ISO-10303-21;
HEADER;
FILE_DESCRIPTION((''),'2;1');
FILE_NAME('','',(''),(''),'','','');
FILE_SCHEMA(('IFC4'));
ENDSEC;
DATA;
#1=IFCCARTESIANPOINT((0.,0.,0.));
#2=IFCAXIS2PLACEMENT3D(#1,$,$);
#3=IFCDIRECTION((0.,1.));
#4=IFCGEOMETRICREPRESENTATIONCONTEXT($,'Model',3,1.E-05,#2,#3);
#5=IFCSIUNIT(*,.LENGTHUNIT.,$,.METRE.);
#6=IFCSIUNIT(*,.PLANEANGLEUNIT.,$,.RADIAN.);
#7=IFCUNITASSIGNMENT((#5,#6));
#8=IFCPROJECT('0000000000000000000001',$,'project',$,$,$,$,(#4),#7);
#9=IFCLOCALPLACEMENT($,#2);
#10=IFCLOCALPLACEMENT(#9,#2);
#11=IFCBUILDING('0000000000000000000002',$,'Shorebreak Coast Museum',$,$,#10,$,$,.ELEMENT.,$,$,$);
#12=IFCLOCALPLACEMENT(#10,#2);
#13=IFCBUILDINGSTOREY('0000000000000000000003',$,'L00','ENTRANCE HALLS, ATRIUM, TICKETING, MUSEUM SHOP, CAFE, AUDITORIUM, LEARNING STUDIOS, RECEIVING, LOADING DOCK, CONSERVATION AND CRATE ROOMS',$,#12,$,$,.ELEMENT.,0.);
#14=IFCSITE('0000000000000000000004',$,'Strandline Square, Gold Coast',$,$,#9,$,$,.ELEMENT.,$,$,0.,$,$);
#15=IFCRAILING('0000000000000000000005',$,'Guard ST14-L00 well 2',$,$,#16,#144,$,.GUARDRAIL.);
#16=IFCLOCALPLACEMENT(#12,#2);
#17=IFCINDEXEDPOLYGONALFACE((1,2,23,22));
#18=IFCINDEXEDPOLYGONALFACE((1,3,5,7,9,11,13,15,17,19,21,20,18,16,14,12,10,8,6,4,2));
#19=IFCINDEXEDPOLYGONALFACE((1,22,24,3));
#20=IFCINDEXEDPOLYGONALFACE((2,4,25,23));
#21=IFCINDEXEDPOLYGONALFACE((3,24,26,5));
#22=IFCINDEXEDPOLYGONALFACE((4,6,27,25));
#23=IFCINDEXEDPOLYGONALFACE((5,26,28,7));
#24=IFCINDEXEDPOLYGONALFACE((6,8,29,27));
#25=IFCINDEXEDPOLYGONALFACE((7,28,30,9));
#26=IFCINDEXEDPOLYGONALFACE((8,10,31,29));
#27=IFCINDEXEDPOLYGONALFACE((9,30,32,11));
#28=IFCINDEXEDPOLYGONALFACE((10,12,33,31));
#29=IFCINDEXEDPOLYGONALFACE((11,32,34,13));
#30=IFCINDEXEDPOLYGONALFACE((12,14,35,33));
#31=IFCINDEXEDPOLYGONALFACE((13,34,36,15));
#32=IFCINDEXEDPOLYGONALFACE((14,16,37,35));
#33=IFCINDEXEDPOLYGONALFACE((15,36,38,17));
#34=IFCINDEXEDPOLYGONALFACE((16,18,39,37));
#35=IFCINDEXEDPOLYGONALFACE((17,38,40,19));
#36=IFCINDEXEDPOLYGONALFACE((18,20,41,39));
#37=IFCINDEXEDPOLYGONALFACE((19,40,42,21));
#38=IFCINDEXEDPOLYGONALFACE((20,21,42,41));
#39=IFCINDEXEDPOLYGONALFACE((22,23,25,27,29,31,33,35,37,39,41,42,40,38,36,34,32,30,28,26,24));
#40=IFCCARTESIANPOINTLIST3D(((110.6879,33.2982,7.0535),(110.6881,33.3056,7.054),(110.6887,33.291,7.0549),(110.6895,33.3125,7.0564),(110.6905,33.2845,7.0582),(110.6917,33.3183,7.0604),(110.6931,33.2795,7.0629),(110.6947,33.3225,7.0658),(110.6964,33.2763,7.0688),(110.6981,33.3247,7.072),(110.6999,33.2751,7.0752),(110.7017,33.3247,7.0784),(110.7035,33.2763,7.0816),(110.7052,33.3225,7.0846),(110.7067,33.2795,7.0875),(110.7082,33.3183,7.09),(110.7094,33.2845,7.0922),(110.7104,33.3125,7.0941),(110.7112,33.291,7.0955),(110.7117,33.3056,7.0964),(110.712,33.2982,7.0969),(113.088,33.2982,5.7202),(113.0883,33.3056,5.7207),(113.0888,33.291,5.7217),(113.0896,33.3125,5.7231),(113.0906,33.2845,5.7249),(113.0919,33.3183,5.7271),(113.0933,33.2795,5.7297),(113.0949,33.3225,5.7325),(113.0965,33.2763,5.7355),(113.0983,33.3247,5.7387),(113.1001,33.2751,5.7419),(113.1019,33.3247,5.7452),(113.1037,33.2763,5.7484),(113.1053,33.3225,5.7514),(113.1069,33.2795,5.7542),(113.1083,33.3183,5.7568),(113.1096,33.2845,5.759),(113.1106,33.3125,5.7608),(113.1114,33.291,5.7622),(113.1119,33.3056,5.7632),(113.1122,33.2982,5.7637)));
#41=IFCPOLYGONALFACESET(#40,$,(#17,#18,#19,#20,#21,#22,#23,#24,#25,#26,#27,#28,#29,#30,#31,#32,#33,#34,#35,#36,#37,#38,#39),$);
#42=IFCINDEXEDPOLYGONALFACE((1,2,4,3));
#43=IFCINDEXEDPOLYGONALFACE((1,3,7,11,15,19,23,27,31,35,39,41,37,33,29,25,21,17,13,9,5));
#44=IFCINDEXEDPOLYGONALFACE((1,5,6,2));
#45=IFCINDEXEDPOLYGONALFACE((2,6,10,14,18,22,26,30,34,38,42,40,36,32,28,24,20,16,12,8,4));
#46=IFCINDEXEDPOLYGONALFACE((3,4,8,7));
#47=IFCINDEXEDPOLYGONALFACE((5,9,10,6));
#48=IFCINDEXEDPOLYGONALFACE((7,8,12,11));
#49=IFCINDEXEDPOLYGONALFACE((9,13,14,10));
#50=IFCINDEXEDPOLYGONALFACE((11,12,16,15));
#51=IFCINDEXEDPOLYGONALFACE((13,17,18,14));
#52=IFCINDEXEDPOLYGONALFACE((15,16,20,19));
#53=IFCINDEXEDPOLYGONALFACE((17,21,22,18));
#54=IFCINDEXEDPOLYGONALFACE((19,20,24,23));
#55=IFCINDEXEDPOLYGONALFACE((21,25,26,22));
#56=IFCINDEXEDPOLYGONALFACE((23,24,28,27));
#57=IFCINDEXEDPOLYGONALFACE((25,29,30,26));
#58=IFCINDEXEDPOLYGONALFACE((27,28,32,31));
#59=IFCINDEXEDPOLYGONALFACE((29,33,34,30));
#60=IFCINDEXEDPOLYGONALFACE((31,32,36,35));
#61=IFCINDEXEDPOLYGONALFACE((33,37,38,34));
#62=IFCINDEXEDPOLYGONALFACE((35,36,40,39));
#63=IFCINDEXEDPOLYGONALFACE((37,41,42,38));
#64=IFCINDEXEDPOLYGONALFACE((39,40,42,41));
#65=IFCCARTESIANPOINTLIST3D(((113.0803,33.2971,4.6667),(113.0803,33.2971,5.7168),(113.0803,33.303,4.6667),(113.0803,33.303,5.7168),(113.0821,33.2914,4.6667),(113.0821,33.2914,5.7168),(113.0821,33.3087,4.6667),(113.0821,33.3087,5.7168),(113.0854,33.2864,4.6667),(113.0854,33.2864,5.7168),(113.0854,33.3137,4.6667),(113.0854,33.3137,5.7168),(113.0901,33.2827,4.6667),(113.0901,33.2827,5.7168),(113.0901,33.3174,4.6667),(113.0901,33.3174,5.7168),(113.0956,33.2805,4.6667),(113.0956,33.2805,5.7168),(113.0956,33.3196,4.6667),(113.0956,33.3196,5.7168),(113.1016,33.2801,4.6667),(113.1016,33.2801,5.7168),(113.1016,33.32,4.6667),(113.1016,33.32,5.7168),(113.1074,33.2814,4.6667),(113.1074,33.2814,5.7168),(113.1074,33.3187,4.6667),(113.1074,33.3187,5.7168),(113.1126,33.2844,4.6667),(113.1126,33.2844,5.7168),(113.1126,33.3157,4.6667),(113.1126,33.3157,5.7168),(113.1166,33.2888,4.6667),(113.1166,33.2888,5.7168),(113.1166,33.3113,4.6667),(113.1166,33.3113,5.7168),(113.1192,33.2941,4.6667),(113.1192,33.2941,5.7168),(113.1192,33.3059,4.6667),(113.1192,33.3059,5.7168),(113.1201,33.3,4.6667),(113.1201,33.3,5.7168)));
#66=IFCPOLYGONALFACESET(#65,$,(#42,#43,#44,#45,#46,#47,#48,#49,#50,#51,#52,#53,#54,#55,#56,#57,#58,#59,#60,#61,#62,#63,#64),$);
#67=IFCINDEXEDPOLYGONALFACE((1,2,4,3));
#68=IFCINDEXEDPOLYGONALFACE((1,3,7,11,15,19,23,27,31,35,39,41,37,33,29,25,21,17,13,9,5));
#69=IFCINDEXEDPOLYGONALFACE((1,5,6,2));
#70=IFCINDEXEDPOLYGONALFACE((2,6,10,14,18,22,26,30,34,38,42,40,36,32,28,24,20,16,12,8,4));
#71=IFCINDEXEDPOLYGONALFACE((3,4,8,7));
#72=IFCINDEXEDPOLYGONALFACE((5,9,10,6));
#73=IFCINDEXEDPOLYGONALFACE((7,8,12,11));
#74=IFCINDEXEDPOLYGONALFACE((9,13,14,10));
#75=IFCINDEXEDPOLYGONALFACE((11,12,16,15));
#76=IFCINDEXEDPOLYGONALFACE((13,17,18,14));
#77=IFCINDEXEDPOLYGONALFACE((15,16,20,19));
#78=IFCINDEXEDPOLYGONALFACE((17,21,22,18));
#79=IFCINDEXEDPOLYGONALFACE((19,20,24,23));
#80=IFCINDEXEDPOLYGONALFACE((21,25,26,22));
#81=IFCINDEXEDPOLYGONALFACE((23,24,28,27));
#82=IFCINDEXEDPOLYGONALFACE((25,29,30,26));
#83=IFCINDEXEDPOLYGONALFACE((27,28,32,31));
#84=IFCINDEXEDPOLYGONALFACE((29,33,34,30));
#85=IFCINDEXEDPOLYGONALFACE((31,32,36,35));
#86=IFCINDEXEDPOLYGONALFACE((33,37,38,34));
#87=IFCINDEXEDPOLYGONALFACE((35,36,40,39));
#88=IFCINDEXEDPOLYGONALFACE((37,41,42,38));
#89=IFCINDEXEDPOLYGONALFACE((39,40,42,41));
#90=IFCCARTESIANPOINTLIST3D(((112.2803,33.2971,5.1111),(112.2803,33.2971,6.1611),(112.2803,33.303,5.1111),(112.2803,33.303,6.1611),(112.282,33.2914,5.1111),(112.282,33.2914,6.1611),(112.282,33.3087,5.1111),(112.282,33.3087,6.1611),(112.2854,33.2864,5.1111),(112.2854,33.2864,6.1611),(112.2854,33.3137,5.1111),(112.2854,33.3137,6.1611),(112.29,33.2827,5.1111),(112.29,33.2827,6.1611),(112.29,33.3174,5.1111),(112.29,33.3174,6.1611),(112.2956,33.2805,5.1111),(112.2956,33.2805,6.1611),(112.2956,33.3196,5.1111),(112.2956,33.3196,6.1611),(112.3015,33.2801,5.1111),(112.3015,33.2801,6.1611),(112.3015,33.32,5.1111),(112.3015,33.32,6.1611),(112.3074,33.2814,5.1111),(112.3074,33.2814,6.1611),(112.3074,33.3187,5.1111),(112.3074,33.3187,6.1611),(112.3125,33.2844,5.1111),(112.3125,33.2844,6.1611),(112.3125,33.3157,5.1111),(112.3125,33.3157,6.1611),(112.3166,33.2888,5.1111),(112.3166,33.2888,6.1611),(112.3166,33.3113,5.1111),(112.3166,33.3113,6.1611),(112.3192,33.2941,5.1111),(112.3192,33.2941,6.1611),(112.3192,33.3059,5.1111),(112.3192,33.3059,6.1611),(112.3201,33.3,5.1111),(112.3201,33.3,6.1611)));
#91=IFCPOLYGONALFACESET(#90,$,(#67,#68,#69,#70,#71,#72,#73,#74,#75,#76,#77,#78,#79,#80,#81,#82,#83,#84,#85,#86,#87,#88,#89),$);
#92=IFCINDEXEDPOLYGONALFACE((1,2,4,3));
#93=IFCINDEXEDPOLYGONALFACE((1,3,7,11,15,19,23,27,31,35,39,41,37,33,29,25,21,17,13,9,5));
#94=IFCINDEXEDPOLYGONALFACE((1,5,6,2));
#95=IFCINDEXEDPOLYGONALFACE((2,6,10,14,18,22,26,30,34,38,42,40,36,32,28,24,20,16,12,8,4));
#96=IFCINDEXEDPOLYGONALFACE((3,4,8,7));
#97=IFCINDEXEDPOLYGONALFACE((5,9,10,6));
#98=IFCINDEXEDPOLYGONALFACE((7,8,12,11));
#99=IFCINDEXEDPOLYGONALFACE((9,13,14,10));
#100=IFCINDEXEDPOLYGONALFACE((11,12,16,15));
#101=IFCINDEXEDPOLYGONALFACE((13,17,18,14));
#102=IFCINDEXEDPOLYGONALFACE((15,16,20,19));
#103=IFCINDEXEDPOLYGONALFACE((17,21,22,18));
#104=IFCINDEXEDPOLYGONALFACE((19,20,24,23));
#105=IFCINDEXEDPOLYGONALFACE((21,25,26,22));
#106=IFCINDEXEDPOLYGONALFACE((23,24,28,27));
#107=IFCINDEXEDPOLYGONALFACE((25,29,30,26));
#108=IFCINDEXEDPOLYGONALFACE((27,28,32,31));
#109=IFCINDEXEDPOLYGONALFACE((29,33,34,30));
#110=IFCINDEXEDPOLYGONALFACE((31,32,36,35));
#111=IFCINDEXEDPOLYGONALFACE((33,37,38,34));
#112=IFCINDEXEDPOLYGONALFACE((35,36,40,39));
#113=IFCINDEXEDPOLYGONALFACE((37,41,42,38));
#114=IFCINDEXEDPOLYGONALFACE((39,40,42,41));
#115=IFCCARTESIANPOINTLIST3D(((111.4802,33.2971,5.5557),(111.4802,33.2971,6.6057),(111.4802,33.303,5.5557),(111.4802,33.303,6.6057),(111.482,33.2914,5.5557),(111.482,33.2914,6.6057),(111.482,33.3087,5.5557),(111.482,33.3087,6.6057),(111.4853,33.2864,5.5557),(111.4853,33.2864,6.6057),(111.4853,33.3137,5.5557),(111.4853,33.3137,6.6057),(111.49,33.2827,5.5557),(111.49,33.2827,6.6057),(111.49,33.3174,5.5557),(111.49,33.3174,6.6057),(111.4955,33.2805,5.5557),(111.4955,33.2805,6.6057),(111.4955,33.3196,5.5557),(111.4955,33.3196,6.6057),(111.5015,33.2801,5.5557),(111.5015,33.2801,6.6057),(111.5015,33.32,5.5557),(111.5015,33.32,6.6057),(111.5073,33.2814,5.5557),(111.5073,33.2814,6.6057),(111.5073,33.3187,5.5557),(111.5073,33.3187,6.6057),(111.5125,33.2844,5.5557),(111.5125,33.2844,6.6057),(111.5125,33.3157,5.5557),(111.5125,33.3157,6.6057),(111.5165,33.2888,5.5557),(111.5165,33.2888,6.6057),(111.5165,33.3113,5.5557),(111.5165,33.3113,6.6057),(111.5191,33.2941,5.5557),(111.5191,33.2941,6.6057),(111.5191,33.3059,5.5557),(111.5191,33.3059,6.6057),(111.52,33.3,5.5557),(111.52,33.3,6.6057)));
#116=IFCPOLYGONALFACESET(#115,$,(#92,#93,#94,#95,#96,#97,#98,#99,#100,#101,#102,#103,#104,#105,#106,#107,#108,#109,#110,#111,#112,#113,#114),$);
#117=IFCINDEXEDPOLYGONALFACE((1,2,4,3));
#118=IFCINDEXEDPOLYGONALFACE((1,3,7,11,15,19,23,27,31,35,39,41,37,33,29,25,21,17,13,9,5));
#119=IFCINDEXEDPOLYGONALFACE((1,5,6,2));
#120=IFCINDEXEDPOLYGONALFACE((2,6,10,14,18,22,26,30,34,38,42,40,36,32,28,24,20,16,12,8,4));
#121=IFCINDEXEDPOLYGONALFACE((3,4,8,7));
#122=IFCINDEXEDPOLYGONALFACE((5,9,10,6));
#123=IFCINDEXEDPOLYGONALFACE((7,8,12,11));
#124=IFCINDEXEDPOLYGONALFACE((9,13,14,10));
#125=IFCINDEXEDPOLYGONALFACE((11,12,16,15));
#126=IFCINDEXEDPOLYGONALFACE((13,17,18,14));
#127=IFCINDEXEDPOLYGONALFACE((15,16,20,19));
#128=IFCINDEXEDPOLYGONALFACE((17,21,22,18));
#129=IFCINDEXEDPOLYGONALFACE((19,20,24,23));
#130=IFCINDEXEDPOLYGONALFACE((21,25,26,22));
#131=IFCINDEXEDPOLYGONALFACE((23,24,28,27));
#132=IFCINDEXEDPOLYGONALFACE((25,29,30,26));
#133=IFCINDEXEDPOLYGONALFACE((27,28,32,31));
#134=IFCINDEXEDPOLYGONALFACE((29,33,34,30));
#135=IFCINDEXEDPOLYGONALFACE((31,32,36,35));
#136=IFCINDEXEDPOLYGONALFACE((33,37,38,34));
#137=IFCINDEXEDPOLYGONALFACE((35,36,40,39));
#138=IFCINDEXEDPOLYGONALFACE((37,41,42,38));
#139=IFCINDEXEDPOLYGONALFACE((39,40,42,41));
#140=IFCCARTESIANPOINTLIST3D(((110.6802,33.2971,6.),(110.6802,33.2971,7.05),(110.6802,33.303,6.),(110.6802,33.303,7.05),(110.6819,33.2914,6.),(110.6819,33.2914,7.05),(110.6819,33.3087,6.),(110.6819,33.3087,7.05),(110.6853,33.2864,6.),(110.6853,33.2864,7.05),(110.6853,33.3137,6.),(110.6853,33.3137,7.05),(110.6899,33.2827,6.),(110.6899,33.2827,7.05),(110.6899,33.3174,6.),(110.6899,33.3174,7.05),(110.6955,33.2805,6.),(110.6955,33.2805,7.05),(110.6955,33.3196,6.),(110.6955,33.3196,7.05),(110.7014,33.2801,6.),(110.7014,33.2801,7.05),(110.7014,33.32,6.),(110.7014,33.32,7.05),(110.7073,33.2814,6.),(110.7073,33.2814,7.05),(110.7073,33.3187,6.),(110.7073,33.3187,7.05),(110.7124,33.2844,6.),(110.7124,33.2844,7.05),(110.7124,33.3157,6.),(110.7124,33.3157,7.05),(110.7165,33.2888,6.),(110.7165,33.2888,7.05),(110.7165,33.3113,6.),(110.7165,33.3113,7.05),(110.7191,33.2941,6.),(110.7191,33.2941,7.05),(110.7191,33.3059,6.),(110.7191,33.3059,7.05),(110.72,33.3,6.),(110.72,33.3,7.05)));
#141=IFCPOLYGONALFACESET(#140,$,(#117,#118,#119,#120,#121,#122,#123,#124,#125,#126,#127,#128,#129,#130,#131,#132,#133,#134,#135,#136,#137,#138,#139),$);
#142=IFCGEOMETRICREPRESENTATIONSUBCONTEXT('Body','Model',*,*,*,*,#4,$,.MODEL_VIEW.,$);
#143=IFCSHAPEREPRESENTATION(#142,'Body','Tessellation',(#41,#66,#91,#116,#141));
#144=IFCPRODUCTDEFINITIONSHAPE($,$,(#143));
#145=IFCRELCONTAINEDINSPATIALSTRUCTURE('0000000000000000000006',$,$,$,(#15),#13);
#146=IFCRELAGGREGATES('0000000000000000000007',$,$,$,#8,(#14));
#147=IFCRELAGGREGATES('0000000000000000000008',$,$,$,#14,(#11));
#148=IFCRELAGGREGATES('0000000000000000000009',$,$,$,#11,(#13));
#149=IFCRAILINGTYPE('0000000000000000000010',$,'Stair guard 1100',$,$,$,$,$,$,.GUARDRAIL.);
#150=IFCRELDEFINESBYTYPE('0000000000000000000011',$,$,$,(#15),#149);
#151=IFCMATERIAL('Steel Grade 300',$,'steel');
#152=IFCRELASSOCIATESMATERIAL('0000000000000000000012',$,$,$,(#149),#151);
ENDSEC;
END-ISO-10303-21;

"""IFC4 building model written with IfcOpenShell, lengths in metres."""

from ifc_helpers import new_model, si_unit, direction, frame, origin, origin_2d, place, context, subcontext, project, spatial, circle, extrude, material, type_object, element, save


model = new_model("IFC4")

# Units and contexts
model_context = context("Model", 3, precision=1e-05, world=origin(), true_north=direction((0.0, 1.0)))
body_context = subcontext(model_context, "Body", "Model", "MODEL_VIEW")
ifc_project = project(units=[si_unit("LENGTHUNIT", "METRE"), si_unit("PLANEANGLEUNIT", "RADIAN")], contexts=[model_context])

# Site, building, storey
site_placement = place(None, origin())
site = spatial("IfcSite", under=ifc_project, at=site_placement, Name="Strandline Square, Gold Coast", CompositionType="ELEMENT", RefElevation=0.0)
building_placement = place(site_placement, origin())
building = spatial("IfcBuilding", under=site, at=building_placement, Name="Shorebreak Coast Museum", CompositionType="ELEMENT")
storey_placement = place(building_placement, origin())
storey = spatial("IfcBuildingStorey", under=building, at=storey_placement, Name="L00", Description="ENTRANCE HALLS, ATRIUM, TICKETING, MUSEUM SHOP, CAFE, AUDITORIUM, LEARNING STUDIOS, RECEIVING, LOADING DOCK, CONSERVATION AND CRATE ROOMS", CompositionType="ELEMENT", Elevation=0.0)

# Railing
ifc_material_1 = material(Name="Steel Grade 300", Category="steel")
railing_type_1 = type_object("IfcRailingType", Name="Stair guard 1100", PredefinedType="GUARDRAIL", material=ifc_material_1)
for number, where, name in (
    (1, (113.1001, 33.3, 4.6667), "Guard ST14-L00 well 2"),
):
    element("IfcRailing", number, at=place(storey_placement, frame(where)), inside=storey, type_object=railing_type_1, Name=name, PredefinedType="GUARDRAIL", context=body_context, shape_type="SweptSolid", body=[
        extrude(circle(Radius=0.0249, at=origin_2d()), frame((0.0, 0.0, 1.0752), z_axis=(-0.874182, 0.0, 0.485598), x_axis=(0.0, -1.0, 0.0)), (0.0, 0.0, 1.0), 2.7456),
        extrude(circle(Radius=0.02, at=origin_2d()), origin(), (0.0, 0.0, 1.0), 1.05),
        extrude(circle(Radius=0.02, at=origin_2d()), frame((-0.8, 0.0, 0.4443)), (0.0, 0.0, 1.0), 1.05),
        extrude(circle(Radius=0.02, at=origin_2d()), frame((-1.6001, 0.0, 0.8889)), (0.0, 0.0, 1.0), 1.05),
        extrude(circle(Radius=0.02, at=origin_2d()), frame((-2.4001, 0.0, 1.3333)), (0.0, 0.0, 1.0), 1.05),
    ])

save(model, "model.ifc")
